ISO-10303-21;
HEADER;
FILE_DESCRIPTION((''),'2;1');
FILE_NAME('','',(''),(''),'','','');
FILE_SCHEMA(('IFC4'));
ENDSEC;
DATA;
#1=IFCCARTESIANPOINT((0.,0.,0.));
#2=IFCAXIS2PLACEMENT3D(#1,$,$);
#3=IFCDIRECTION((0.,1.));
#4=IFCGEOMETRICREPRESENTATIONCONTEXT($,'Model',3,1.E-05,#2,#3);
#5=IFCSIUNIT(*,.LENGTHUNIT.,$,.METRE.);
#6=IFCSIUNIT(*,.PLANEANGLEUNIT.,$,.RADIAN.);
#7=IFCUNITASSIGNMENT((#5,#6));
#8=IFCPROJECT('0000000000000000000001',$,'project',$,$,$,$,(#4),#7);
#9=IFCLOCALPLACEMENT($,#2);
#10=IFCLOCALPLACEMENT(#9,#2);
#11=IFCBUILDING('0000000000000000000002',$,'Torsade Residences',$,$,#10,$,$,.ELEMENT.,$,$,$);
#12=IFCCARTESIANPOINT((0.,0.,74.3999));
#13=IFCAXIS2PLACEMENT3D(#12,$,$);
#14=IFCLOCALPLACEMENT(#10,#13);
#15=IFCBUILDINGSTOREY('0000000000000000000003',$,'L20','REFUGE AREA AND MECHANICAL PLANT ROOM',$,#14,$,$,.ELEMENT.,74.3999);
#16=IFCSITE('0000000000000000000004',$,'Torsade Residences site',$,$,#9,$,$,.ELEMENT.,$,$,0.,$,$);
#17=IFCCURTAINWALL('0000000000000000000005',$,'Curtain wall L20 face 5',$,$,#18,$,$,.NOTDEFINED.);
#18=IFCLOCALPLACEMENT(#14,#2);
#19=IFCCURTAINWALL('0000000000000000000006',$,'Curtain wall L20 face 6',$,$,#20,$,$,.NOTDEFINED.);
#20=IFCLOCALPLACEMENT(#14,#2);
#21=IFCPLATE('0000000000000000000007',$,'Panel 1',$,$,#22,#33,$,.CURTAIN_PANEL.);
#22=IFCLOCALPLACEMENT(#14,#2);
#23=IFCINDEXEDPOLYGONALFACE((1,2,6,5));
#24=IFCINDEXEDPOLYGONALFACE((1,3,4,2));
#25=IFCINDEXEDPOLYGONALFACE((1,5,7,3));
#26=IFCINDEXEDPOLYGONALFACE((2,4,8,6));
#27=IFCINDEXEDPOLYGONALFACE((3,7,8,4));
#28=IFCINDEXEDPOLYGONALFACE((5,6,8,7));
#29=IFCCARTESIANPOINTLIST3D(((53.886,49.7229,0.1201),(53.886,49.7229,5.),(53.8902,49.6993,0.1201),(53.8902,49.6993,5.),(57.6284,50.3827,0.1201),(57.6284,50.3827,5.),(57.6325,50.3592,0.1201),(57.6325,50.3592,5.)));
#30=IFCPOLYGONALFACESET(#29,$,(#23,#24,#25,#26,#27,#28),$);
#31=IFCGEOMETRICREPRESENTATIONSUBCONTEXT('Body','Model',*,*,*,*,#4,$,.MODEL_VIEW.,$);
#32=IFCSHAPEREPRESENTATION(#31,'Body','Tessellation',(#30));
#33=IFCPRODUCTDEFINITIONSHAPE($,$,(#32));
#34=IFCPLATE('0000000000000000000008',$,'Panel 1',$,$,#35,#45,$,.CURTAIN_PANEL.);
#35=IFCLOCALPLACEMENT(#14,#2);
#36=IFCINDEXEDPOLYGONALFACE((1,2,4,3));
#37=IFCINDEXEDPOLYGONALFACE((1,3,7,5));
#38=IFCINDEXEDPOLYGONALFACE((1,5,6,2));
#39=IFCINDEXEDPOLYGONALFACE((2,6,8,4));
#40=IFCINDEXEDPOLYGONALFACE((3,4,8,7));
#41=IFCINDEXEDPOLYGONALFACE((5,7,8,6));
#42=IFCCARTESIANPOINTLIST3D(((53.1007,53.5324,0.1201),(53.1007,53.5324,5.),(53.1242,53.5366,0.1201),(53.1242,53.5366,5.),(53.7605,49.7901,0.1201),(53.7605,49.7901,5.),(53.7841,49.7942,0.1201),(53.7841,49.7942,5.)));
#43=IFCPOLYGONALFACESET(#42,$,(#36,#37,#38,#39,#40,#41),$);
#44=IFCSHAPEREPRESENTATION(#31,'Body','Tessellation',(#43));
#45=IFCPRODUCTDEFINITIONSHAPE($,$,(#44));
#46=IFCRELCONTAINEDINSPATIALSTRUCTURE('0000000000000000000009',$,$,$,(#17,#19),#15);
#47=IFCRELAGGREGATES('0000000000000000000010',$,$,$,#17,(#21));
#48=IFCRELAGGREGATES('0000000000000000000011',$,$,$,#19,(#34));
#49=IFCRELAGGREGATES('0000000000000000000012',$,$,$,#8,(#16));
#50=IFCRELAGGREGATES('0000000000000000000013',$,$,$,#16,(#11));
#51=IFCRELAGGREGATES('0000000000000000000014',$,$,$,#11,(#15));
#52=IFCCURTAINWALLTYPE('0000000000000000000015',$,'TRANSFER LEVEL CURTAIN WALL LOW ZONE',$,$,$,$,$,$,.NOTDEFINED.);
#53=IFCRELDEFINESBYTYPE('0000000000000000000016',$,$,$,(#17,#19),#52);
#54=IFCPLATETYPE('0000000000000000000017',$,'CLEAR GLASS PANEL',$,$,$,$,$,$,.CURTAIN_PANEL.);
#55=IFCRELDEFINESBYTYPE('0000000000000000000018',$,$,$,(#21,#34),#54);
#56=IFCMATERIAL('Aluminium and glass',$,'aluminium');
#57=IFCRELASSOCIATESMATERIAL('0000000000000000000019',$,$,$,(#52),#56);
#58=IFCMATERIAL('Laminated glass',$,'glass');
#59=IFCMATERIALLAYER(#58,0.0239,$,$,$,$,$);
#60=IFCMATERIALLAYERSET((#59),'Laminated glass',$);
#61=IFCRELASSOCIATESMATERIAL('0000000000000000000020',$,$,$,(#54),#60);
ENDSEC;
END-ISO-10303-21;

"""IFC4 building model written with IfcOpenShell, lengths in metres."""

from ifc_helpers import new_model, si_unit, direction, frame, origin, origin_2d, place, context, subcontext, project, spatial, rectangle, extrude, material, layer, layer_set, type_object, element, aggregate, save


model = new_model("IFC4")

# Units and contexts
model_context = context("Model", 3, precision=1e-05, world=origin(), true_north=direction((0.0, 1.0)))
body_context = subcontext(model_context, "Body", "Model", "MODEL_VIEW")
ifc_project = project(units=[si_unit("LENGTHUNIT", "METRE"), si_unit("PLANEANGLEUNIT", "RADIAN")], contexts=[model_context])

# Site, building, storey
site_placement = place(None, origin())
site = spatial("IfcSite", under=ifc_project, at=site_placement, Name="Torsade Residences site", CompositionType="ELEMENT", RefElevation=0.0)
building_placement = place(site_placement, origin())
building = spatial("IfcBuilding", under=site, at=building_placement, Name="Torsade Residences", CompositionType="ELEMENT")
storey_placement = place(building_placement, frame((0.0, 0.0, 74.3999)))
storey = spatial("IfcBuildingStorey", under=building, at=storey_placement, Name="L20", Description="REFUGE AREA AND MECHANICAL PLANT ROOM", CompositionType="ELEMENT", Elevation=74.3999)

# Curtain walls
ifc_material_1 = material(Name="Aluminium and glass", Category="aluminium")
curtain_wall_type = type_object("IfcCurtainWallType", Name="TRANSFER LEVEL CURTAIN WALL LOW ZONE", PredefinedType="NOTDEFINED", material=ifc_material_1)
curtain_wall_1_placement = place(storey_placement, origin())
curtain_wall_1 = element("IfcCurtainWall", 1, at=curtain_wall_1_placement, inside=storey, type_object=curtain_wall_type, Name="Curtain wall L20 face 5", PredefinedType="NOTDEFINED")
curtain_wall_2_placement = place(storey_placement, origin())
curtain_wall_2 = element("IfcCurtainWall", 2, at=curtain_wall_2_placement, inside=storey, type_object=curtain_wall_type, Name="Curtain wall L20 face 6", PredefinedType="NOTDEFINED")

# Plates
ifc_material_2 = material(Name="Laminated glass", Category="glass")
ifc_layer = layer(ifc_material_2, 0.0239)
ifc_layer_set = layer_set([ifc_layer], Name="Laminated glass")
plate_type = type_object("IfcPlateType", Name="CLEAR GLASS PANEL", PredefinedType="CURTAIN_PANEL", material=ifc_layer_set)
plate_1_placement = place(storey_placement, frame((55.7593, 50.041, 0.1201), z_axis=(0.0, 0.0, 1.0), x_axis=(-0.984808, -0.173648, 0.0)))
plate_1 = element("IfcPlate", 3, at=plate_1_placement, type_object=plate_type, Name="Panel 1", PredefinedType="CURTAIN_PANEL", context=body_context, shape_type="SweptSolid", body=[
    extrude(rectangle(XDim=3.8, YDim=0.0239, at=origin_2d()), origin(), (0.0, 0.0, 1.0), 4.8799),
])
aggregate(curtain_wall_1, [plate_1])
plate_2_placement = place(storey_placement, frame((53.4424, 51.6633, 0.1201), z_axis=(0.0, 0.0, 1.0), x_axis=(-0.173648, 0.984808, 0.0)))
plate_2 = element("IfcPlate", 4, at=plate_2_placement, type_object=plate_type, Name="Panel 1", PredefinedType="CURTAIN_PANEL", context=body_context, shape_type="SweptSolid", body=[
    extrude(rectangle(XDim=3.8, YDim=0.0239, at=origin_2d()), origin(), (0.0, 0.0, 1.0), 4.8799),
])
aggregate(curtain_wall_2, [plate_2])

save(model, "model.ifc")
